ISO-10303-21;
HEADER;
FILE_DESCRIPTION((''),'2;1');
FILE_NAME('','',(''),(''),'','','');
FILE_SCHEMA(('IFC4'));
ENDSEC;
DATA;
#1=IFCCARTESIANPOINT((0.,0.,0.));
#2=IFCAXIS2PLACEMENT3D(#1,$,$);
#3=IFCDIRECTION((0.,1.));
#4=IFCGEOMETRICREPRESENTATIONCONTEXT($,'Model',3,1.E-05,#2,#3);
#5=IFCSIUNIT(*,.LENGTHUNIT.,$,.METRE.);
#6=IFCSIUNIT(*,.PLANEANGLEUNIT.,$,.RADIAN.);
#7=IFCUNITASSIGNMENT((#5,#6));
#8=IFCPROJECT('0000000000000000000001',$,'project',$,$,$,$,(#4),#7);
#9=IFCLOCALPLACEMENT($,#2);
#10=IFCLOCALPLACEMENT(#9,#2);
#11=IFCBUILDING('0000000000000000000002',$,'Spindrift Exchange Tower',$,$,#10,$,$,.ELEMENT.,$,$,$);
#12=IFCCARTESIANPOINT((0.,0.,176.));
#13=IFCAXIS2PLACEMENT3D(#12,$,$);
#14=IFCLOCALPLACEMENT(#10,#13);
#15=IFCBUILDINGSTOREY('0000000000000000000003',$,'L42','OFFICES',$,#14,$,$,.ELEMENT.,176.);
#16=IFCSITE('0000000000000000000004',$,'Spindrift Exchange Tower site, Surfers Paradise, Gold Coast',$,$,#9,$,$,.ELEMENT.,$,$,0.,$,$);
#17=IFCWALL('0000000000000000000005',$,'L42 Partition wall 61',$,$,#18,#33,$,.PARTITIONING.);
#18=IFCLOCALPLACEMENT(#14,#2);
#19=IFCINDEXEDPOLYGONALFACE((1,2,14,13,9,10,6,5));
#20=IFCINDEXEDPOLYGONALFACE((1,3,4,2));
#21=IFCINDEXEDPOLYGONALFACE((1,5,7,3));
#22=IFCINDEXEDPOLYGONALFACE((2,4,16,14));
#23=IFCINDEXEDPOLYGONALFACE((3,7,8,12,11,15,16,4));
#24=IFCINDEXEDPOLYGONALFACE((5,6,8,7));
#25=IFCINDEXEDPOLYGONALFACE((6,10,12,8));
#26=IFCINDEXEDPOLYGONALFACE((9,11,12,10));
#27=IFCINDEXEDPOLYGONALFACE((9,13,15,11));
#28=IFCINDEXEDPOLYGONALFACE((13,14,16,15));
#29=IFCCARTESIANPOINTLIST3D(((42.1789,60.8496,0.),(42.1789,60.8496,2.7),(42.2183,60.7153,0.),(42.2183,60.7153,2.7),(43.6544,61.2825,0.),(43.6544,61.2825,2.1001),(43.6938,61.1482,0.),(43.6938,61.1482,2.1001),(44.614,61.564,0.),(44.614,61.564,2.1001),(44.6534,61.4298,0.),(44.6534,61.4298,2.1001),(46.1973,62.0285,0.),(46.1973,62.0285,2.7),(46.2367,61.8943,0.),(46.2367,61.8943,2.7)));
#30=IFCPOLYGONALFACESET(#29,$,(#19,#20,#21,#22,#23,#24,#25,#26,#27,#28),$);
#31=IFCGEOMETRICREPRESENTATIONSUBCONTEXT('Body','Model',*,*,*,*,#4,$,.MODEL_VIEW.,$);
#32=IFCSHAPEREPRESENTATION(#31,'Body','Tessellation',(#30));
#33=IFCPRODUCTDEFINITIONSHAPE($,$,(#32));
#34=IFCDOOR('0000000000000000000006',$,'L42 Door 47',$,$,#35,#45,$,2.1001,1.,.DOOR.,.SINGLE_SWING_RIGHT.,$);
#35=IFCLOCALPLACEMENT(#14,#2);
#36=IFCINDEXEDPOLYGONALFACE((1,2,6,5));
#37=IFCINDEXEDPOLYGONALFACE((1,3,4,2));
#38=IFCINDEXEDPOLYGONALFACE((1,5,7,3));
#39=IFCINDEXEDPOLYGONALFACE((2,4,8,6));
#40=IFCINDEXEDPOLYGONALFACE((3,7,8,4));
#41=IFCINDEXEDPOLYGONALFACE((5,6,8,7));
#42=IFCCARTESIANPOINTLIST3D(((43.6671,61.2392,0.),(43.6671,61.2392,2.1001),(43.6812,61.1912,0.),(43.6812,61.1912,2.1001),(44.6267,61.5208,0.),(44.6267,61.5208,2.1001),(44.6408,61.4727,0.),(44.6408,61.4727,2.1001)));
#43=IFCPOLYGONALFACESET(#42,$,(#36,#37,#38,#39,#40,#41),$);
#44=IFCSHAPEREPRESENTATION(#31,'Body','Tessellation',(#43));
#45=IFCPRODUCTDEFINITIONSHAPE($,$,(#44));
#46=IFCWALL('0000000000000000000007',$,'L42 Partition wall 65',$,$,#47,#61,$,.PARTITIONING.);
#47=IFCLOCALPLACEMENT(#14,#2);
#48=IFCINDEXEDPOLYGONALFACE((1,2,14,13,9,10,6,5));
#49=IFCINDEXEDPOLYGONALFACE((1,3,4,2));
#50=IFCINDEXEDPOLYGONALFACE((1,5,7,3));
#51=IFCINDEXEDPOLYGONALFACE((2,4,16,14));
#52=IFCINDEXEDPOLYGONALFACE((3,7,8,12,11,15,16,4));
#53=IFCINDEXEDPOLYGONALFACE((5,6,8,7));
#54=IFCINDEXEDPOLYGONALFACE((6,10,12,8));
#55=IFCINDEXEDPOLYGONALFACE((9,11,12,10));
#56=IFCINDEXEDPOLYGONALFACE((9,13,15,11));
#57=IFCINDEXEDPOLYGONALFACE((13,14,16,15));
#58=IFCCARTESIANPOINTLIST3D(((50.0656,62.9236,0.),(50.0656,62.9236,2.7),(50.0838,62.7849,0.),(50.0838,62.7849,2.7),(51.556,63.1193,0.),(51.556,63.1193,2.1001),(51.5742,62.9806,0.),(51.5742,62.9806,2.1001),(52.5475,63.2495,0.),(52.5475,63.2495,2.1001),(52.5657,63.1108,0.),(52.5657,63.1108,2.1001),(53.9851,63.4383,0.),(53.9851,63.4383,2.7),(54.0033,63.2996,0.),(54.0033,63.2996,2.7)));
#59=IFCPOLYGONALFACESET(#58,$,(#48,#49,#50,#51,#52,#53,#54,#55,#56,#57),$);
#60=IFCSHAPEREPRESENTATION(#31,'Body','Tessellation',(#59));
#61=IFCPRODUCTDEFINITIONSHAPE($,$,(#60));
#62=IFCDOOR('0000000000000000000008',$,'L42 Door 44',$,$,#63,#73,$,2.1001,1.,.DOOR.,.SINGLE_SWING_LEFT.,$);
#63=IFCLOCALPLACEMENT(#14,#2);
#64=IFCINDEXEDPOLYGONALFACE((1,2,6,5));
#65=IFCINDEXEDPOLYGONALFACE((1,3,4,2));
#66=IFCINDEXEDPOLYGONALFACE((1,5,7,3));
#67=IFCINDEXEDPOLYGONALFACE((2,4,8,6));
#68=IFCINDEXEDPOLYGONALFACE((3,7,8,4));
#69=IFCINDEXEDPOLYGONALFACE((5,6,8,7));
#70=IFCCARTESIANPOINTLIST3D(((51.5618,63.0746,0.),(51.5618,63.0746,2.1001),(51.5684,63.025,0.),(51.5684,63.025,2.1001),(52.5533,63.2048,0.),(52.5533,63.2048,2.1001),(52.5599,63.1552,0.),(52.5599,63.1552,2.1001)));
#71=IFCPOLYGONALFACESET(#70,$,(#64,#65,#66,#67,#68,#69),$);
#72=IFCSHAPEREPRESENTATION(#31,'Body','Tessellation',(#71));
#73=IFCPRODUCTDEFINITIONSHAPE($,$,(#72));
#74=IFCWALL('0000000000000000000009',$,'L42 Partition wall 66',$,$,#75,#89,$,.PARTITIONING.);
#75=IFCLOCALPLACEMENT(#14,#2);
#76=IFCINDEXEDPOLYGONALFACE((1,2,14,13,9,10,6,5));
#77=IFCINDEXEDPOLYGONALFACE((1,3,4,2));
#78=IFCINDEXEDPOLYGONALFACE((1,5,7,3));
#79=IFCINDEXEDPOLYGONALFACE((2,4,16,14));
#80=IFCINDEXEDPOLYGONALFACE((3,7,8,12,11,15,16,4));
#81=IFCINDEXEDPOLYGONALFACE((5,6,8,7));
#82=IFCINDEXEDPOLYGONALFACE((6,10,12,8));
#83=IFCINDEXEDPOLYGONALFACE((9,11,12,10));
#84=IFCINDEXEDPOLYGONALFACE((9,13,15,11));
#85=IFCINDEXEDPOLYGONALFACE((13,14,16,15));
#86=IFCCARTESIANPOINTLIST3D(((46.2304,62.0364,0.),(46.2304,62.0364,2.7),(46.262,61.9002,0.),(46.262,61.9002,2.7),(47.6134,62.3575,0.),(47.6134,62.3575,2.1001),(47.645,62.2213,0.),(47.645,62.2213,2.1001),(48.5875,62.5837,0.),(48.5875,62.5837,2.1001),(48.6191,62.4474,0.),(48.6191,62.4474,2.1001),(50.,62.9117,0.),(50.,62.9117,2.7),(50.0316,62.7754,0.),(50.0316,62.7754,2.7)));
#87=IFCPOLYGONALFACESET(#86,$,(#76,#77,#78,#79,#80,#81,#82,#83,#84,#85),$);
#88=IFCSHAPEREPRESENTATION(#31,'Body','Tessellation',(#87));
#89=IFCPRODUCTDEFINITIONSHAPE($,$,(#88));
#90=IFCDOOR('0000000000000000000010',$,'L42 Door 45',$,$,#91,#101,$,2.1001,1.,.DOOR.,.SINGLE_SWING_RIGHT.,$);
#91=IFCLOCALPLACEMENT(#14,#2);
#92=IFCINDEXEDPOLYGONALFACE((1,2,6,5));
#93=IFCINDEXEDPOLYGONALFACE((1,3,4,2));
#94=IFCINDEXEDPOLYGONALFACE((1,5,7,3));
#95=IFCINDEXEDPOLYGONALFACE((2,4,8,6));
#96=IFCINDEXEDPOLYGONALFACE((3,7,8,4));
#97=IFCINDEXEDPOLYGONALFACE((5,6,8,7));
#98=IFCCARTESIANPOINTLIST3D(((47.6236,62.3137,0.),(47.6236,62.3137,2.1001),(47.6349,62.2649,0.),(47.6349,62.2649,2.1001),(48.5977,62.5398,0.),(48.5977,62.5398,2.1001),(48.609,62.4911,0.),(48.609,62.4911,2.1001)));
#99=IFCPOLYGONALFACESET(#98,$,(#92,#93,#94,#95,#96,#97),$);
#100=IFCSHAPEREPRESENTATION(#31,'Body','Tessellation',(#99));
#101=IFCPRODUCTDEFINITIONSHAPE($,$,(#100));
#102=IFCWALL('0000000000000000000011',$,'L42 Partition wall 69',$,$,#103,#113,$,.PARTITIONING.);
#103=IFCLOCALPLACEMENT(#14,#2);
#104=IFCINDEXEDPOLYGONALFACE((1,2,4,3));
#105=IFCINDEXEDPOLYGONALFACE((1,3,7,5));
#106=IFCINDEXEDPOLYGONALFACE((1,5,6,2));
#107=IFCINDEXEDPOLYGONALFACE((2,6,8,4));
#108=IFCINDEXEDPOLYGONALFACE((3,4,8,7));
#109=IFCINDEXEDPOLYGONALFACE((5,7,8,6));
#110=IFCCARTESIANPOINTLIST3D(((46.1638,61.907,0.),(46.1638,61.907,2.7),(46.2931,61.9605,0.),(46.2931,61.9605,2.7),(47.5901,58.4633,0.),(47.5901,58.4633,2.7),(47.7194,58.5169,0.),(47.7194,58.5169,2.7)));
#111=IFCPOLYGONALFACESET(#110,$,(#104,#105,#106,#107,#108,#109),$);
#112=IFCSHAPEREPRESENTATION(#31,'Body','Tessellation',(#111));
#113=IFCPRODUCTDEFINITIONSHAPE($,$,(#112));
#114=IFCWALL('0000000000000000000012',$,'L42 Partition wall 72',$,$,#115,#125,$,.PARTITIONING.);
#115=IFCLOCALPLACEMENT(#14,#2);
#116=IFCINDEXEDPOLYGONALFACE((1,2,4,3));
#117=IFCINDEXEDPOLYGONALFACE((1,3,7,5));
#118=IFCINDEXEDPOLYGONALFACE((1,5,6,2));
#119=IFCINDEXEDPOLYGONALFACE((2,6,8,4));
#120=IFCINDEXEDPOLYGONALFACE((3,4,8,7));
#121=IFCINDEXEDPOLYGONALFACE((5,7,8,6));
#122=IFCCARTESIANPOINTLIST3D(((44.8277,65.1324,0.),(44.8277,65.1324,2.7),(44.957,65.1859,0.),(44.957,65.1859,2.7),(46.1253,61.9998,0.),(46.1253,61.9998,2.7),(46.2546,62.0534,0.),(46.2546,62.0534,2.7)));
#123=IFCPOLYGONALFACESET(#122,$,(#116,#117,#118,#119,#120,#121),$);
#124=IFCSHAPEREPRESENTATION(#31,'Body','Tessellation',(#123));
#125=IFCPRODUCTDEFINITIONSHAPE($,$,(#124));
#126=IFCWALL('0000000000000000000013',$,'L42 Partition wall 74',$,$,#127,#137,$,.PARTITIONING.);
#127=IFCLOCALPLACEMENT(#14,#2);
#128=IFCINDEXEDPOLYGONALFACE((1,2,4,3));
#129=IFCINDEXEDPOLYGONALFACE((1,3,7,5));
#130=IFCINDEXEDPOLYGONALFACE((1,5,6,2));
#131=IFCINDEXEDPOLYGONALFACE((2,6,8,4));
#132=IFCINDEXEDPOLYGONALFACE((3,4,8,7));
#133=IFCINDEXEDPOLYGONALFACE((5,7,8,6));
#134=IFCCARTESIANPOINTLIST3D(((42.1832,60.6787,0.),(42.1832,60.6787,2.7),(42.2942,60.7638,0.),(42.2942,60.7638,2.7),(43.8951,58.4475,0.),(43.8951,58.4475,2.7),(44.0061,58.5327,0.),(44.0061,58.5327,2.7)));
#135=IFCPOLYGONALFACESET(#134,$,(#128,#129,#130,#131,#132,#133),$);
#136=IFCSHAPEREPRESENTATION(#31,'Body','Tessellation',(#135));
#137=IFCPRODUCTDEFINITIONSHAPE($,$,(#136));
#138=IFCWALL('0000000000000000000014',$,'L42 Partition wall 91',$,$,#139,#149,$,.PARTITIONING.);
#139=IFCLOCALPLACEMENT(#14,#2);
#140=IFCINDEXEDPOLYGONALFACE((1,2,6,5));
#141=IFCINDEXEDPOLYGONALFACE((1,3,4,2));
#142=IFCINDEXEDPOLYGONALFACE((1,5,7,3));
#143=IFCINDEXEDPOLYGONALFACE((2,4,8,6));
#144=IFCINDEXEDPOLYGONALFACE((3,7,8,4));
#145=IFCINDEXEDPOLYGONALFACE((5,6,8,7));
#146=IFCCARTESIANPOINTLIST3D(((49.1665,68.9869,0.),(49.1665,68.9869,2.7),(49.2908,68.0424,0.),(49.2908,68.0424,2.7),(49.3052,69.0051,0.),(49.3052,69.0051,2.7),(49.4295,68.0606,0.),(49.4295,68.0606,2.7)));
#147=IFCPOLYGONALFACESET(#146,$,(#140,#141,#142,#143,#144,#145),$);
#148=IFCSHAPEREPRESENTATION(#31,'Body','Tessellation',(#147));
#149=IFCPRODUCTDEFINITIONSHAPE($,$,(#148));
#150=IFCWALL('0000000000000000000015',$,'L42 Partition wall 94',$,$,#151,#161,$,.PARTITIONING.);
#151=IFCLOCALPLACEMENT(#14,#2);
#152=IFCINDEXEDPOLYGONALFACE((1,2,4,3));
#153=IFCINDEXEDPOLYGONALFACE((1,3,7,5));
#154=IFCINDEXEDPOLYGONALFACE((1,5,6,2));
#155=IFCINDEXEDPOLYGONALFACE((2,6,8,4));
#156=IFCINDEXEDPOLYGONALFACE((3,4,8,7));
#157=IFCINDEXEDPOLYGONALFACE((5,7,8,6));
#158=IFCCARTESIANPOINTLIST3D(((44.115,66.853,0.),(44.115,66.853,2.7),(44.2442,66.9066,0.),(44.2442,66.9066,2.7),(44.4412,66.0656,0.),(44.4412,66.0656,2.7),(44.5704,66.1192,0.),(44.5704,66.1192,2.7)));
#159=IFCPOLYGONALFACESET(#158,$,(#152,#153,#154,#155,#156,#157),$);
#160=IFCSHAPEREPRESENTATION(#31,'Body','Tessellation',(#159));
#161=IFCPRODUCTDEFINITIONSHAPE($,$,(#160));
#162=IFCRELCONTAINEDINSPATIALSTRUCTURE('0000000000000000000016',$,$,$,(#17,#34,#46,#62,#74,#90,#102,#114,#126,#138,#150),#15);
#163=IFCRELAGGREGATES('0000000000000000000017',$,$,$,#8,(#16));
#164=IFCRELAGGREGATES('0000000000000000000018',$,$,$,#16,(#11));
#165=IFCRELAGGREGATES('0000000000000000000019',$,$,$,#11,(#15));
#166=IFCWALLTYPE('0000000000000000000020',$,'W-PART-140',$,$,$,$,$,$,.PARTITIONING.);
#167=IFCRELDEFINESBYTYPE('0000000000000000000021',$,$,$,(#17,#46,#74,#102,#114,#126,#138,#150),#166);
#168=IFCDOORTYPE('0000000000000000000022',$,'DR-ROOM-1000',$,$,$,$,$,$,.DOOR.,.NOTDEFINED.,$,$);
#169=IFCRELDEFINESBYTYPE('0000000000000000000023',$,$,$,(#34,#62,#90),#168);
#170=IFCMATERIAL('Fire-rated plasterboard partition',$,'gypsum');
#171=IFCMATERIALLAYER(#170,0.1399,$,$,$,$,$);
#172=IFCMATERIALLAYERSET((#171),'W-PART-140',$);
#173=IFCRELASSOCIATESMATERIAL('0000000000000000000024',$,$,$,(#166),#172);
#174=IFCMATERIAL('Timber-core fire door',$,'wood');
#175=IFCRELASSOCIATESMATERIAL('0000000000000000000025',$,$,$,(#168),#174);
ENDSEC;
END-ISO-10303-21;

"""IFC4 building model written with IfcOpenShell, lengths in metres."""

from ifc_helpers import new_model, si_unit, direction, frame, frame_2d, origin, place, context, subcontext, project, spatial, rectangle, extrude, source, transform, mapped, material, layer, layer_set, type_object, element, fill, save


model = new_model("IFC4")

# Units and contexts
model_context = context("Model", 3, precision=1e-05, world=origin(), true_north=direction((0.0, 1.0)))
body_context = subcontext(model_context, "Body", "Model", "MODEL_VIEW")
ifc_project = project(units=[si_unit("LENGTHUNIT", "METRE"), si_unit("PLANEANGLEUNIT", "RADIAN")], contexts=[model_context])

# Site, building, storey
site_placement = place(None, origin())
site = spatial("IfcSite", under=ifc_project, at=site_placement, Name="Spindrift Exchange Tower site, Surfers Paradise, Gold Coast", CompositionType="ELEMENT", RefElevation=0.0)
building_placement = place(site_placement, origin())
building = spatial("IfcBuilding", under=site, at=building_placement, Name="Spindrift Exchange Tower", CompositionType="ELEMENT")
storey_placement = place(building_placement, frame((0.0, 0.0, 176.0)))
storey = spatial("IfcBuildingStorey", under=building, at=storey_placement, Name="L42", Description="OFFICES", CompositionType="ELEMENT", Elevation=176.0)

# Shared definitions
ifc_material_1 = material(Name="Fire-rated plasterboard partition", Category="gypsum")
ifc_layer_1 = layer(ifc_material_1, 0.1399)
ifc_layer_set_1 = layer_set([ifc_layer_1], Name="W-PART-140")
wall_type = type_object("IfcWallType", Name="W-PART-140", PredefinedType="PARTITIONING", material=ifc_layer_set_1)

# Walls, openings, doors
wall_1_placement = place(storey_placement, frame((42.1987, 60.7825, 0.0), z_axis=(0.0, 0.0, 1.0), x_axis=(0.959553, 0.281529, 0.0)))
wall_1 = element("IfcWall", 1, at=wall_1_placement, inside=storey, type_object=wall_type, Name="L42 Partition wall 61", PredefinedType="PARTITIONING", context=body_context, shape_type="SweptSolid", body=[
    extrude(rectangle(XDim=4.1877, YDim=0.1399, at=frame_2d((2.0938, 0.0))), origin(), (0.0, 0.0, 1.0), 2.7),
])
opening_1_placement = place(wall_1_placement, frame((1.5376, 0.0, 0.0)))
opening_1 = element("IfcOpeningElement", 2, at=opening_1_placement, cuts=wall_1, PredefinedType="OPENING", context=body_context, shape_type="SweptSolid", body=[
    extrude(rectangle(XDim=1.0, YDim=2.1001, at=frame_2d((0.5, 1.05))), frame((0.0, 0.0798, 0.0), z_axis=(0.0, -1.0, 0.0), x_axis=(1.0, 0.0, 0.0)), (0.0, 0.0, 1.0), 0.1599),
])
ifc_material_2 = material(Name="Timber-core fire door", Category="wood")
door_type = type_object("IfcDoorType", Name="DR-ROOM-1000", OperationType="NOTDEFINED", PredefinedType="DOOR", material=ifc_material_2)
shared_shape_1 = source(origin(), body_context, "Body", "SweptSolid", [
    extrude(rectangle(XDim=1.0, YDim=2.1001, at=frame_2d((0.5, 1.05))), frame((0.0, 0.0249, 0.0), z_axis=(0.0, -1.0, 0.0), x_axis=(1.0, 0.0, 0.0)), (0.0, 0.0, 1.0), 0.05),
])
door_1_placement = place(opening_1_placement, origin())
door_1 = element("IfcDoor", 3, at=door_1_placement, inside=storey, type_object=door_type, Name="L42 Door 47", OperationType="SINGLE_SWING_RIGHT", OverallHeight=2.1001, OverallWidth=1.0, PredefinedType="DOOR", context=body_context, shape_type="MappedRepresentation", body=[
    mapped(shared_shape_1, transform((0.0, 0.0, 0.0), scale=1.0)),
])
fill(opening_1, door_1)
wall_2_placement = place(storey_placement, frame((50.0747, 62.8542, 0.0), z_axis=(0.0, 0.0, 1.0), x_axis=(0.991489, 0.130189, 0.0)))
wall_2 = element("IfcWall", 4, at=wall_2_placement, inside=storey, type_object=wall_type, Name="L42 Partition wall 65", PredefinedType="PARTITIONING", context=body_context, shape_type="SweptSolid", body=[
    extrude(rectangle(XDim=3.9531, YDim=0.1399, at=frame_2d((1.9766, 0.0))), origin(), (0.0, 0.0, 1.0), 2.7),
])
opening_2_placement = place(wall_2_placement, frame((1.5032, 0.0, 0.0)))
opening_2 = element("IfcOpeningElement", 5, at=opening_2_placement, cuts=wall_2, PredefinedType="OPENING", context=body_context, shape_type="SweptSolid", body=[
    extrude(rectangle(XDim=1.0, YDim=2.1001, at=frame_2d((0.5, 1.05))), frame((0.0, 0.0798, 0.0), z_axis=(0.0, -1.0, 0.0), x_axis=(1.0, 0.0, 0.0)), (0.0, 0.0, 1.0), 0.1599),
])
door_2_placement = place(opening_2_placement, origin())
door_2 = element("IfcDoor", 6, at=door_2_placement, inside=storey, type_object=door_type, Name="L42 Door 44", OperationType="SINGLE_SWING_LEFT", OverallHeight=2.1001, OverallWidth=1.0, PredefinedType="DOOR", context=body_context, shape_type="MappedRepresentation", body=[
    mapped(shared_shape_1, transform((0.0, 0.0, 0.0), scale=1.0)),
])
fill(opening_2, door_2)
wall_3_placement = place(storey_placement, frame((46.2461, 61.9683, 0.0), z_axis=(0.0, 0.0, 1.0), x_axis=(0.974087, 0.226172, 0.0)))
wall_3 = element("IfcWall", 7, at=wall_3_placement, inside=storey, type_object=wall_type, Name="L42 Partition wall 66", PredefinedType="PARTITIONING", context=body_context, shape_type="SweptSolid", body=[
    extrude(rectangle(XDim=3.8699, YDim=0.1399, at=frame_2d((1.9351, 0.0))), origin(), (0.0, 0.0, 1.0), 2.7),
])
opening_3_placement = place(wall_3_placement, frame((1.4199, 0.0, 0.0)))
opening_3 = element("IfcOpeningElement", 8, at=opening_3_placement, cuts=wall_3, PredefinedType="OPENING", context=body_context, shape_type="SweptSolid", body=[
    extrude(rectangle(XDim=1.0, YDim=2.1001, at=frame_2d((0.5, 1.05))), frame((0.0, 0.0798, 0.0), z_axis=(0.0, -1.0, 0.0), x_axis=(1.0, 0.0, 0.0)), (0.0, 0.0, 1.0), 0.1599),
])
door_3_placement = place(opening_3_placement, origin())
door_3 = element("IfcDoor", 9, at=door_3_placement, inside=storey, type_object=door_type, Name="L42 Door 45", OperationType="SINGLE_SWING_RIGHT", OverallHeight=2.1001, OverallWidth=1.0, PredefinedType="DOOR", context=body_context, shape_type="MappedRepresentation", body=[
    mapped(shared_shape_1, transform((0.0, 0.0, 0.0), scale=1.0)),
])
fill(opening_3, door_3)

# Walls
wall_4_placement = place(storey_placement, frame((47.6548, 58.49, 0.0), z_axis=(0.0, 0.0, 1.0), x_axis=(-0.382656, 0.923891, 0.0)))
element("IfcWall", 10, at=wall_4_placement, inside=storey, type_object=wall_type, Name="L42 Partition wall 69", PredefinedType="PARTITIONING", context=body_context, shape_type="SweptSolid", body=[
    extrude(rectangle(XDim=3.7273, YDim=0.1399, at=frame_2d((1.8638, 0.0))), origin(), (0.0, 0.0, 1.0), 2.7),
])
wall_5_placement = place(storey_placement, frame((46.1899, 62.0266, 0.0), z_axis=(0.0, 0.0, 1.0), x_axis=(-0.382697, 0.923874, 0.0)))
element("IfcWall", 11, at=wall_5_placement, inside=storey, type_object=wall_type, Name="L42 Partition wall 72", PredefinedType="PARTITIONING", context=body_context, shape_type="SweptSolid", body=[
    extrude(rectangle(XDim=3.3906, YDim=0.1399, at=frame_2d((1.6953, 0.0))), origin(), (0.0, 0.0, 1.0), 2.7),
])
wall_6_placement = place(storey_placement, frame((43.9507, 58.49, 0.0), z_axis=(0.0, 0.0, 1.0), x_axis=(-0.608729, 0.793379, 0.0)))
element("IfcWall", 12, at=wall_6_placement, inside=storey, type_object=wall_type, Name="L42 Partition wall 74", PredefinedType="PARTITIONING", context=body_context, shape_type="SweptSolid", body=[
    extrude(rectangle(XDim=2.8123, YDim=0.1399, at=frame_2d((1.4062, 0.0))), origin(), (0.0, 0.0, 1.0), 2.7),
])
wall_7_placement = place(storey_placement, frame((49.3601, 68.0515, 0.0), z_axis=(0.0, 0.0, 1.0), x_axis=(-0.130435, 0.991457, 0.0)))
element("IfcWall", 13, at=wall_7_placement, inside=storey, type_object=wall_type, Name="L42 Partition wall 91", PredefinedType="PARTITIONING", context=body_context, shape_type="SweptSolid", body=[
    extrude(rectangle(XDim=0.9526, YDim=0.1399, at=frame_2d((0.4763, 0.0))), origin(), (0.0, 0.0, 1.0), 2.7),
])
wall_8_placement = place(storey_placement, frame((44.5059, 66.0923, 0.0), z_axis=(0.0, 0.0, 1.0), x_axis=(-0.382723, 0.923863, 0.0)))
element("IfcWall", 14, at=wall_8_placement, inside=storey, type_object=wall_type, Name="L42 Partition wall 94", PredefinedType="PARTITIONING", context=body_context, shape_type="SweptSolid", body=[
    extrude(rectangle(XDim=0.8523, YDim=0.1399, at=frame_2d((0.4263, 0.0))), origin(), (0.0, 0.0, 1.0), 2.7),
])

save(model, "model.ifc")
